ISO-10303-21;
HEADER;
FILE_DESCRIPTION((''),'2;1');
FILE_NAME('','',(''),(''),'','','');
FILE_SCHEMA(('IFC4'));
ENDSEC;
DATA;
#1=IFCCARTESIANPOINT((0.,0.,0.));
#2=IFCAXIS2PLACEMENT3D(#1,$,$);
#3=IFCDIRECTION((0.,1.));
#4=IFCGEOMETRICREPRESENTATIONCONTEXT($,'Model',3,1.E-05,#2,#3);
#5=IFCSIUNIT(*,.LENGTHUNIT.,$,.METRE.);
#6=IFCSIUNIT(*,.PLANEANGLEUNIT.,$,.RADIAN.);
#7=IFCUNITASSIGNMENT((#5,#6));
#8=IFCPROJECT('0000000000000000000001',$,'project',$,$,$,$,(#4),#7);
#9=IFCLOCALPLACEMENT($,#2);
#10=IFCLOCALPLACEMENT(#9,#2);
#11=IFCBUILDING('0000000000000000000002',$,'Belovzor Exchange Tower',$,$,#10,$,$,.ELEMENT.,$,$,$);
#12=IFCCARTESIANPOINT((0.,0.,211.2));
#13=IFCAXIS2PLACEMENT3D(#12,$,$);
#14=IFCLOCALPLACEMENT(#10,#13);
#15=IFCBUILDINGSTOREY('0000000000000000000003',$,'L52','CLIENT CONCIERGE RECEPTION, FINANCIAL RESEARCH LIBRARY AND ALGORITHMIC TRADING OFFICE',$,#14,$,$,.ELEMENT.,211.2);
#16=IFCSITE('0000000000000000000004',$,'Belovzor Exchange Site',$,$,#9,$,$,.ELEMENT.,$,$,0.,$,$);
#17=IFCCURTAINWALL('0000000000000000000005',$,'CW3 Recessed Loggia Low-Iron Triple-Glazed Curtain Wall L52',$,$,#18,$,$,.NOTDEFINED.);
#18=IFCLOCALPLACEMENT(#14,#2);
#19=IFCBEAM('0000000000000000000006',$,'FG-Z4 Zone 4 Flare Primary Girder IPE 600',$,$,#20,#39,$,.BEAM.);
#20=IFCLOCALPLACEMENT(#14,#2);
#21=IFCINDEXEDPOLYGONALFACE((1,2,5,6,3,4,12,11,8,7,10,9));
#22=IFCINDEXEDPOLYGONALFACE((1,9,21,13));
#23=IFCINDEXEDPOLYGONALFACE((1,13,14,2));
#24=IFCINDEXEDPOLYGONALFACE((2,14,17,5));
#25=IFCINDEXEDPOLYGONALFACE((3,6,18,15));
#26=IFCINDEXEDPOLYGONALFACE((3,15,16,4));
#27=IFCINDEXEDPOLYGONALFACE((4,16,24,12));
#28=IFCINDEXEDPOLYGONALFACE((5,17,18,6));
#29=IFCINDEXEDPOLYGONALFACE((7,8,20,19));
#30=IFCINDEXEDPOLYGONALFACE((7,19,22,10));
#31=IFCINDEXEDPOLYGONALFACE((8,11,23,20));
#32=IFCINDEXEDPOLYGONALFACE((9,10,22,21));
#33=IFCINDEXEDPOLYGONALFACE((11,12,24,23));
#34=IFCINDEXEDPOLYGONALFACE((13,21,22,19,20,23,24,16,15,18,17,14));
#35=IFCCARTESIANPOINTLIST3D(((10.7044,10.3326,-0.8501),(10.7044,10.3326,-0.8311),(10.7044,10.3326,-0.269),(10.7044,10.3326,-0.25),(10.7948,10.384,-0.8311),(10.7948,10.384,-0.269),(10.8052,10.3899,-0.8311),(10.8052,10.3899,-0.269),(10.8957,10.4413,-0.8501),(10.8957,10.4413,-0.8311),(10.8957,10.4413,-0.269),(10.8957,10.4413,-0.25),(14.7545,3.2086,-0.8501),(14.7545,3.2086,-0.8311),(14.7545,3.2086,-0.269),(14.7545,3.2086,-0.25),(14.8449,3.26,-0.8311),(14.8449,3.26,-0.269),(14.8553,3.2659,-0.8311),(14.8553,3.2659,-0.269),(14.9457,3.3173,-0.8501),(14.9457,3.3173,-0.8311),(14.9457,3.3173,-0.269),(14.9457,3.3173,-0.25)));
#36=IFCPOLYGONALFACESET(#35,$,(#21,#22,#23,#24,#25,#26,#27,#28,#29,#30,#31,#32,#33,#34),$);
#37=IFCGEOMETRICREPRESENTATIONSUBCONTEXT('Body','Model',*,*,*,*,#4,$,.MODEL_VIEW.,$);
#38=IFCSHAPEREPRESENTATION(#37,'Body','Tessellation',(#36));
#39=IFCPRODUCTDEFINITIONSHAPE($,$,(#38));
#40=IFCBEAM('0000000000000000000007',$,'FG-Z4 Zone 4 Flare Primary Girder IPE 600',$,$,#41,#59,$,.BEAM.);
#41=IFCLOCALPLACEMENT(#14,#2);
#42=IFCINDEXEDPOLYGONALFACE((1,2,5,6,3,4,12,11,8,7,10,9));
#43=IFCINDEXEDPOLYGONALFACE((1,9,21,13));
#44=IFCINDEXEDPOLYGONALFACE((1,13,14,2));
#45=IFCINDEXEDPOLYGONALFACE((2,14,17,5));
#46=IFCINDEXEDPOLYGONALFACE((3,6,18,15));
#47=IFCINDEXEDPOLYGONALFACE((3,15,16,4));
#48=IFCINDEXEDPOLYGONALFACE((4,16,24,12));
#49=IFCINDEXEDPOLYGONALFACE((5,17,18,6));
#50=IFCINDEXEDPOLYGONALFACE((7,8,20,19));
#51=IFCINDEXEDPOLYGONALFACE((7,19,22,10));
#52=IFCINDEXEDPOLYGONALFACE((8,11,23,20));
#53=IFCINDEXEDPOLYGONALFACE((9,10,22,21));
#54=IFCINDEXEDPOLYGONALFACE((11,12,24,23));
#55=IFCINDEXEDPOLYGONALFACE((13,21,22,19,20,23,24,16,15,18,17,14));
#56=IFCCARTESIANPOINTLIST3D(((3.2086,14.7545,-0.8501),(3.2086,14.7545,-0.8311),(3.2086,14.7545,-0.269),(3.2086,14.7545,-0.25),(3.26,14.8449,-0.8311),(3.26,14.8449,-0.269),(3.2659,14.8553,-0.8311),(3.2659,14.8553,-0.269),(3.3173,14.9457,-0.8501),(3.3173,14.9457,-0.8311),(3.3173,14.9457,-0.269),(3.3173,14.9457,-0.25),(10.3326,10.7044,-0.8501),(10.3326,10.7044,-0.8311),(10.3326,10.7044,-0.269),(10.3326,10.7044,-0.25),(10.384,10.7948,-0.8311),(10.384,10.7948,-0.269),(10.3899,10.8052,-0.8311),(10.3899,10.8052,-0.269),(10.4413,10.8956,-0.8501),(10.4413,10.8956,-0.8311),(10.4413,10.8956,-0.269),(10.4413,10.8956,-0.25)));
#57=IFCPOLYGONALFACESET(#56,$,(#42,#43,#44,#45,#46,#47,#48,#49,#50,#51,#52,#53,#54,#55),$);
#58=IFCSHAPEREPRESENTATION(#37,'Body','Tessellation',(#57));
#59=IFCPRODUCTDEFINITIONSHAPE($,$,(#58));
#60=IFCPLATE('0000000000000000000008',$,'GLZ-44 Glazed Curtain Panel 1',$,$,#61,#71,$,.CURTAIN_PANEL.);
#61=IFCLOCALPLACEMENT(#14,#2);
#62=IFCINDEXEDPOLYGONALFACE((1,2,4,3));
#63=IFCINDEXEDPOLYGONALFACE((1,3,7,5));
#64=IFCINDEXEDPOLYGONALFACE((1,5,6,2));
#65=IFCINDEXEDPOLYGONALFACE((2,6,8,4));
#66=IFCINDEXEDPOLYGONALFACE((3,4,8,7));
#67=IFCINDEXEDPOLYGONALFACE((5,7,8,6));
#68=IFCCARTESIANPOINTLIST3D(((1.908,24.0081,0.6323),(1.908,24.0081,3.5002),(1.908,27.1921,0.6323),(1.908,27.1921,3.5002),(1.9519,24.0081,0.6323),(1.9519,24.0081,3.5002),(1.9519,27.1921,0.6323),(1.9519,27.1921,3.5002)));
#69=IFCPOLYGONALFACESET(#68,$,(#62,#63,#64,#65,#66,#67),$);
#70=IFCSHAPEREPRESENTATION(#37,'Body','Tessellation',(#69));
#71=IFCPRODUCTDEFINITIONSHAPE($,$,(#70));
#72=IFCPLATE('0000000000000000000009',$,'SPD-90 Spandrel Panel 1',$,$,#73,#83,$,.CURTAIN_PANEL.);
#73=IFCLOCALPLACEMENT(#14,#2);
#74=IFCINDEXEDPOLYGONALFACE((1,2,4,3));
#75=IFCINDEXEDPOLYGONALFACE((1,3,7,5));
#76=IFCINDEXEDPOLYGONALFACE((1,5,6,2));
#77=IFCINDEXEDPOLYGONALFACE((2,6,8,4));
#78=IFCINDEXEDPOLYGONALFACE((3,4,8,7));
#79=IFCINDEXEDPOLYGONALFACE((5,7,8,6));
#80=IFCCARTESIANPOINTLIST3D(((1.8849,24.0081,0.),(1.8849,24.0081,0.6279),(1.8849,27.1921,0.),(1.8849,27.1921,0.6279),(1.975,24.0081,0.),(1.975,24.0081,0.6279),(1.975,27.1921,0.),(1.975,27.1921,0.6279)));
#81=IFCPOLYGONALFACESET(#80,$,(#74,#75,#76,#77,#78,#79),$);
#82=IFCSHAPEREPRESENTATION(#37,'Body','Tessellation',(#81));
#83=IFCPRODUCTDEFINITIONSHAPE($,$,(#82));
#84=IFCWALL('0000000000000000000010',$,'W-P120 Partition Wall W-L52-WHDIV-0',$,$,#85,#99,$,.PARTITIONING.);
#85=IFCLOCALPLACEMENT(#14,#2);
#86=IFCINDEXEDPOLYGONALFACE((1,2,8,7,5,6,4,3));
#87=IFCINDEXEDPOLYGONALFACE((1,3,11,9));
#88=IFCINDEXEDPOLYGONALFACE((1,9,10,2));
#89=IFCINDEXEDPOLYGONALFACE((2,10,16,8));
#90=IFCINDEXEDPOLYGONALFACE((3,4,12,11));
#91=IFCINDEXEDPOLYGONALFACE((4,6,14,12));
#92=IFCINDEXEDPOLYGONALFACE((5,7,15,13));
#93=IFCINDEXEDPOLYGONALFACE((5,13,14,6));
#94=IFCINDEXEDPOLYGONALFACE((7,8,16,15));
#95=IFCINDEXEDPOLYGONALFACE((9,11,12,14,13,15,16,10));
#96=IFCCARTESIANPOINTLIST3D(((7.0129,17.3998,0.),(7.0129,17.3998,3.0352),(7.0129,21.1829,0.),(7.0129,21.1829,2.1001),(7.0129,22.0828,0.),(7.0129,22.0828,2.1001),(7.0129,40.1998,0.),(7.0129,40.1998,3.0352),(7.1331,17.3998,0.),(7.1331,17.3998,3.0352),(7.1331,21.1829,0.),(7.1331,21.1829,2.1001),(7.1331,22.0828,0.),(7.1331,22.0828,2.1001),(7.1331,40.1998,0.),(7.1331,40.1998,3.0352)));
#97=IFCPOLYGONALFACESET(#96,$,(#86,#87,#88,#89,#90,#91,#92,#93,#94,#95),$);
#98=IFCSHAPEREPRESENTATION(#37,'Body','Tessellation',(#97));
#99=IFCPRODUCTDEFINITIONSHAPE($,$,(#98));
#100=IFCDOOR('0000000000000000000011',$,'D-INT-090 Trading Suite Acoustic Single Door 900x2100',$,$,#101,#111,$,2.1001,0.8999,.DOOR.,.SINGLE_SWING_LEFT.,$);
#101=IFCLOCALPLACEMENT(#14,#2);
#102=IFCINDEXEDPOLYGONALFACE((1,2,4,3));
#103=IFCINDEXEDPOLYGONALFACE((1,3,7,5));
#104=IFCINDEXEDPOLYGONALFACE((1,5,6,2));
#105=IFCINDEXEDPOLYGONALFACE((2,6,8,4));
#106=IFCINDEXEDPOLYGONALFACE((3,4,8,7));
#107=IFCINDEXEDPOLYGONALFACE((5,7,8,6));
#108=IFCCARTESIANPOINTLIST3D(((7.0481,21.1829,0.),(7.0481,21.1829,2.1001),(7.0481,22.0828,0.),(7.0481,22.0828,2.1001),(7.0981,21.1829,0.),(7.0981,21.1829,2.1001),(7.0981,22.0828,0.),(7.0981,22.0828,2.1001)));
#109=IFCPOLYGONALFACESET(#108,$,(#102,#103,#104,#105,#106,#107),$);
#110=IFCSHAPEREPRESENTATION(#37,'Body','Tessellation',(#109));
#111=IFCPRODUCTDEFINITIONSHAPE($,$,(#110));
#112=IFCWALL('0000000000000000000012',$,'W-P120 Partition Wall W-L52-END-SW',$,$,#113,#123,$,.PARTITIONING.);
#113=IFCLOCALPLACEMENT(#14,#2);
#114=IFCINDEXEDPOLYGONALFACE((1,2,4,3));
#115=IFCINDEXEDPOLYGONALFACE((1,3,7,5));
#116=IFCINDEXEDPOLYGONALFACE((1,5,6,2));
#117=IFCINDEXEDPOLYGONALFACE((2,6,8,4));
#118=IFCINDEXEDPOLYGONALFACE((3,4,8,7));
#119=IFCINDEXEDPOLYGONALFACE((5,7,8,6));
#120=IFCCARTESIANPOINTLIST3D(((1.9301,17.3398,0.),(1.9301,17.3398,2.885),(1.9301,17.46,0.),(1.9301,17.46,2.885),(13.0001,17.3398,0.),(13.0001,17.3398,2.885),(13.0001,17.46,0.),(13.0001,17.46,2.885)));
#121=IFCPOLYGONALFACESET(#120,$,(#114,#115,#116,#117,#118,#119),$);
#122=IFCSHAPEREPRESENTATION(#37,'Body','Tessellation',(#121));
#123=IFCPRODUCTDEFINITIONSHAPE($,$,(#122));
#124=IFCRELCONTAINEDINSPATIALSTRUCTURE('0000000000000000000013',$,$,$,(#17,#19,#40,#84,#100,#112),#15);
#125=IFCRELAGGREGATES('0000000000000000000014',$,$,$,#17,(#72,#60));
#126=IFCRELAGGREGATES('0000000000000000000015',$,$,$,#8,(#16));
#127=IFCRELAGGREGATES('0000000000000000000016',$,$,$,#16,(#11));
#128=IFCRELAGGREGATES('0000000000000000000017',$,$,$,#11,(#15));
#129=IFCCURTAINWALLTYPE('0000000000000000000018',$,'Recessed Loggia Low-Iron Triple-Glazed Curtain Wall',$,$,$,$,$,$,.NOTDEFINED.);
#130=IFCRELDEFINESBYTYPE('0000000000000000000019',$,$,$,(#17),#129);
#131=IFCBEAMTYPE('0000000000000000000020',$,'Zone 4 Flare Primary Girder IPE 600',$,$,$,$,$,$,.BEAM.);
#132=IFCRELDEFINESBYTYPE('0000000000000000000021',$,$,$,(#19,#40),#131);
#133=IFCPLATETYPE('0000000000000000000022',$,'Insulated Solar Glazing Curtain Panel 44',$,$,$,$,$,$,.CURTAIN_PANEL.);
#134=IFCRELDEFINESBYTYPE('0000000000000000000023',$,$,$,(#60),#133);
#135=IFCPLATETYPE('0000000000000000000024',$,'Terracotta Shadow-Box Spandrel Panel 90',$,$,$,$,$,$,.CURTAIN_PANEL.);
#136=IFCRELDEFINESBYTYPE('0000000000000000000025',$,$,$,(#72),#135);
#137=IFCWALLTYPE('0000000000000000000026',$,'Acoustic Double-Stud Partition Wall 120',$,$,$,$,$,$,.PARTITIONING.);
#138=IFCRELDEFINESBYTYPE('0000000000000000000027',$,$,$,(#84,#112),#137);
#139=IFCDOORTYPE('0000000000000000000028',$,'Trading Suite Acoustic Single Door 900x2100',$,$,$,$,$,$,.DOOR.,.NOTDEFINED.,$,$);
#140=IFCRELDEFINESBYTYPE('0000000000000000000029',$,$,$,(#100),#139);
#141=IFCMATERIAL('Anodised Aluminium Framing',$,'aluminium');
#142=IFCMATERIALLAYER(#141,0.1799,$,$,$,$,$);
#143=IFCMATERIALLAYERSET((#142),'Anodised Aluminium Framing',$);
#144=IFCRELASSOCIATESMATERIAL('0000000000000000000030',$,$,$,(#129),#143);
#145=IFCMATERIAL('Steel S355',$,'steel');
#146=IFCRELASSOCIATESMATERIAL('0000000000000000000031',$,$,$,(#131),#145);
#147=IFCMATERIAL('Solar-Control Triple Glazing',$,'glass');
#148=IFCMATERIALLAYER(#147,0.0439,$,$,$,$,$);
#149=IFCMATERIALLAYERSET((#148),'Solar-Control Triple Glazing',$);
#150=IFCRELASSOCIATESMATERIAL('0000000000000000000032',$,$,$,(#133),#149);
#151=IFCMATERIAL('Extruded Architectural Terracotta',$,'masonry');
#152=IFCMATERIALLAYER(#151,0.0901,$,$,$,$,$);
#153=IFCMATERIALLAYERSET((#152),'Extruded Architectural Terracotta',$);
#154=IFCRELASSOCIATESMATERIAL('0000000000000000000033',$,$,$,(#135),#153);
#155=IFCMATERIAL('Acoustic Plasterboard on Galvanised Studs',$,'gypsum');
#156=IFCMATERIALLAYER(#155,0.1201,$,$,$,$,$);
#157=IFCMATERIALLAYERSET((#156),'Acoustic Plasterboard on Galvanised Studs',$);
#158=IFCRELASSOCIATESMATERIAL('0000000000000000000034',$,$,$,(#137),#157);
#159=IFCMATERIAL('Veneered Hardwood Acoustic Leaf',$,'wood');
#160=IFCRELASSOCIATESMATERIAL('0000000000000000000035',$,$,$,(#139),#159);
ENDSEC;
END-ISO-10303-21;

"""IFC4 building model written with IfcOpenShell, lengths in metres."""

from ifc_helpers import new_model, si_unit, direction, frame, frame_2d, origin, origin_2d, place, context, subcontext, project, spatial, rectangle, i_section, extrude, material, layer, layer_set, material_profile, profile_set, type_object, element, fill, aggregate, save


model = new_model("IFC4")

# Units and contexts
model_context = context("Model", 3, precision=1e-05, world=origin(), true_north=direction((0.0, 1.0)))
body_context = subcontext(model_context, "Body", "Model", "MODEL_VIEW")
ifc_project = project(units=[si_unit("LENGTHUNIT", "METRE"), si_unit("PLANEANGLEUNIT", "RADIAN")], contexts=[model_context])

# Site, building, storey
site_placement = place(None, origin())
site = spatial("IfcSite", under=ifc_project, at=site_placement, Name="Belovzor Exchange Site", CompositionType="ELEMENT", RefElevation=0.0)
building_placement = place(site_placement, origin())
building = spatial("IfcBuilding", under=site, at=building_placement, Name="Belovzor Exchange Tower", CompositionType="ELEMENT")
storey_placement = place(building_placement, frame((0.0, 0.0, 211.2)))
storey = spatial("IfcBuildingStorey", under=building, at=storey_placement, Name="L52", Description="CLIENT CONCIERGE RECEPTION, FINANCIAL RESEARCH LIBRARY AND ALGORITHMIC TRADING OFFICE", CompositionType="ELEMENT", Elevation=211.2)

# Curtain wall
ifc_material_1 = material(Name="Anodised Aluminium Framing", Category="aluminium")
ifc_layer_1 = layer(ifc_material_1, 0.1799)
ifc_layer_set_1 = layer_set([ifc_layer_1], Name="Anodised Aluminium Framing")
curtain_wall_type = type_object("IfcCurtainWallType", Name="Recessed Loggia Low-Iron Triple-Glazed Curtain Wall", PredefinedType="NOTDEFINED", material=ifc_layer_set_1)
curtain_wall_placement = place(storey_placement, origin())
curtain_wall = element("IfcCurtainWall", 1, at=curtain_wall_placement, inside=storey, type_object=curtain_wall_type, Name="CW3 Recessed Loggia Low-Iron Triple-Glazed Curtain Wall L52", PredefinedType="NOTDEFINED")

# Beams
ifc_material_2 = material(Name="Steel S355", Category="steel")
ifc_material_profile_1 = material_profile(ifc_material_2, i_section(OverallWidth=0.22, OverallDepth=0.6001, WebThickness=0.012, FlangeThickness=0.019, at=origin_2d()))
ifc_profile_set_1 = profile_set([ifc_material_profile_1], Name="Steel S355")
beam_type_1 = type_object("IfcBeamType", Name="Zone 4 Flare Primary Girder IPE 600", PredefinedType="BEAM", material=ifc_profile_set_1)
for number, where, z_axis, x_axis, name in (
    (2, (10.8, 10.387, -0.55), (0.494222, -0.869336, 0.0), (0.869336, 0.494222, 0.0), "FG-Z4 Zone 4 Flare Primary Girder IPE 600"),
    (3, (3.2629, 14.8501, -0.55), (0.869336, -0.494222, 0.0), (0.494222, 0.869336, 0.0), "FG-Z4 Zone 4 Flare Primary Girder IPE 600"),
):
    element("IfcBeam", number, at=place(storey_placement, frame(where, z_axis=z_axis, x_axis=x_axis)), inside=storey, type_object=beam_type_1, Name=name, PredefinedType="BEAM", context=body_context, shape_type="SweptSolid", body=[
        extrude(i_section(OverallWidth=0.22, OverallDepth=0.6001, WebThickness=0.012, FlangeThickness=0.019, at=origin_2d()), origin(), (0.0, 0.0, 1.0), 8.1948),
    ])

# Plates
ifc_material_3 = material(Name="Solar-Control Triple Glazing", Category="glass")
ifc_layer_2 = layer(ifc_material_3, 0.0439)
ifc_layer_set_2 = layer_set([ifc_layer_2], Name="Solar-Control Triple Glazing")
plate_type_1 = type_object("IfcPlateType", Name="Insulated Solar Glazing Curtain Panel 44", PredefinedType="CURTAIN_PANEL", material=ifc_layer_set_2)
plate_1_placement = place(storey_placement, frame((1.9299, 25.6001, 0.6323), z_axis=(0.0, 0.0, 1.0), x_axis=(0.0, 1.0, 0.0)))
plate_1 = element("IfcPlate", 4, at=plate_1_placement, type_object=plate_type_1, Name="GLZ-44 Glazed Curtain Panel 1", PredefinedType="CURTAIN_PANEL", context=body_context, shape_type="SweptSolid", body=[
    extrude(rectangle(XDim=3.1841, YDim=0.0439, at=origin_2d()), origin(), (0.0, 0.0, 1.0), 2.8679),
])
ifc_material_4 = material(Name="Extruded Architectural Terracotta", Category="masonry")
ifc_layer_3 = layer(ifc_material_4, 0.0901)
ifc_layer_set_3 = layer_set([ifc_layer_3], Name="Extruded Architectural Terracotta")
plate_type_2 = type_object("IfcPlateType", Name="Terracotta Shadow-Box Spandrel Panel 90", PredefinedType="CURTAIN_PANEL", material=ifc_layer_set_3)
plate_2_placement = place(storey_placement, frame((1.9299, 25.6001, 0.0), z_axis=(0.0, 0.0, 1.0), x_axis=(0.0, 1.0, 0.0)))
plate_2 = element("IfcPlate", 5, at=plate_2_placement, type_object=plate_type_2, Name="SPD-90 Spandrel Panel 1", PredefinedType="CURTAIN_PANEL", context=body_context, shape_type="SweptSolid", body=[
    extrude(rectangle(XDim=3.1841, YDim=0.0901, at=origin_2d()), origin(), (0.0, 0.0, 1.0), 0.6279),
])
aggregate(curtain_wall, [plate_2, plate_1])

# Wall, opening, door
ifc_material_5 = material(Name="Acoustic Plasterboard on Galvanised Studs", Category="gypsum")
ifc_layer_4 = layer(ifc_material_5, 0.1201)
ifc_layer_set_4 = layer_set([ifc_layer_4], Name="Acoustic Plasterboard on Galvanised Studs")
wall_type_1 = type_object("IfcWallType", Name="Acoustic Double-Stud Partition Wall 120", PredefinedType="PARTITIONING", material=ifc_layer_set_4)
wall_1_placement = place(storey_placement, frame((7.073, 17.3999, 0.0), z_axis=(0.0, 0.0, 1.0), x_axis=(0.0, 1.0, 0.0)))
wall_1 = element("IfcWall", 6, at=wall_1_placement, inside=storey, type_object=wall_type_1, Name="W-P120 Partition Wall W-L52-WHDIV-0", PredefinedType="PARTITIONING", context=body_context, shape_type="SweptSolid", body=[
    extrude(rectangle(XDim=22.8, YDim=0.1201, at=frame_2d((11.3999, 0.0))), origin(), (0.0, 0.0, 1.0), 3.0352),
])
opening_1_placement = place(wall_1_placement, frame((3.783, 0.0, 0.0)))
opening_1 = element("IfcOpeningElement", 7, at=opening_1_placement, cuts=wall_1, PredefinedType="OPENING", context=body_context, shape_type="SweptSolid", body=[
    extrude(rectangle(XDim=0.8999, YDim=2.1001, at=frame_2d((0.45, 1.05))), frame((0.0, 0.0701, 0.0), z_axis=(0.0, -1.0, 0.0), x_axis=(1.0, 0.0, 0.0)), (0.0, 0.0, 1.0), 0.1401),
])
ifc_material_6 = material(Name="Veneered Hardwood Acoustic Leaf", Category="wood")
door_type = type_object("IfcDoorType", Name="Trading Suite Acoustic Single Door 900x2100", OperationType="NOTDEFINED", PredefinedType="DOOR", material=ifc_material_6)
door_1_placement = place(opening_1_placement, origin())
door_1 = element("IfcDoor", 8, at=door_1_placement, inside=storey, type_object=door_type, Name="D-INT-090 Trading Suite Acoustic Single Door 900x2100", OperationType="SINGLE_SWING_LEFT", OverallHeight=2.1001, OverallWidth=0.8999, PredefinedType="DOOR", context=body_context, shape_type="SweptSolid", body=[
    extrude(rectangle(XDim=0.8999, YDim=2.1001, at=frame_2d((0.45, 1.05))), frame((0.0, 0.0249, 0.0), z_axis=(0.0, -1.0, 0.0), x_axis=(1.0, 0.0, 0.0)), (0.0, 0.0, 1.0), 0.05),
])
fill(opening_1, door_1)

# Wall
wall_2_placement = place(storey_placement, frame((1.9299, 17.3999, 0.0), z_axis=(0.0, 0.0, 1.0), x_axis=(1.0, 0.0, 0.0)))
element("IfcWall", 9, at=wall_2_placement, inside=storey, type_object=wall_type_1, Name="W-P120 Partition Wall W-L52-END-SW", PredefinedType="PARTITIONING", context=body_context, shape_type="SweptSolid", body=[
    extrude(rectangle(XDim=11.0701, YDim=0.1201, at=frame_2d((5.5352, 0.0))), origin(), (0.0, 0.0, 1.0), 2.885),
])

save(model, "model.ifc")
